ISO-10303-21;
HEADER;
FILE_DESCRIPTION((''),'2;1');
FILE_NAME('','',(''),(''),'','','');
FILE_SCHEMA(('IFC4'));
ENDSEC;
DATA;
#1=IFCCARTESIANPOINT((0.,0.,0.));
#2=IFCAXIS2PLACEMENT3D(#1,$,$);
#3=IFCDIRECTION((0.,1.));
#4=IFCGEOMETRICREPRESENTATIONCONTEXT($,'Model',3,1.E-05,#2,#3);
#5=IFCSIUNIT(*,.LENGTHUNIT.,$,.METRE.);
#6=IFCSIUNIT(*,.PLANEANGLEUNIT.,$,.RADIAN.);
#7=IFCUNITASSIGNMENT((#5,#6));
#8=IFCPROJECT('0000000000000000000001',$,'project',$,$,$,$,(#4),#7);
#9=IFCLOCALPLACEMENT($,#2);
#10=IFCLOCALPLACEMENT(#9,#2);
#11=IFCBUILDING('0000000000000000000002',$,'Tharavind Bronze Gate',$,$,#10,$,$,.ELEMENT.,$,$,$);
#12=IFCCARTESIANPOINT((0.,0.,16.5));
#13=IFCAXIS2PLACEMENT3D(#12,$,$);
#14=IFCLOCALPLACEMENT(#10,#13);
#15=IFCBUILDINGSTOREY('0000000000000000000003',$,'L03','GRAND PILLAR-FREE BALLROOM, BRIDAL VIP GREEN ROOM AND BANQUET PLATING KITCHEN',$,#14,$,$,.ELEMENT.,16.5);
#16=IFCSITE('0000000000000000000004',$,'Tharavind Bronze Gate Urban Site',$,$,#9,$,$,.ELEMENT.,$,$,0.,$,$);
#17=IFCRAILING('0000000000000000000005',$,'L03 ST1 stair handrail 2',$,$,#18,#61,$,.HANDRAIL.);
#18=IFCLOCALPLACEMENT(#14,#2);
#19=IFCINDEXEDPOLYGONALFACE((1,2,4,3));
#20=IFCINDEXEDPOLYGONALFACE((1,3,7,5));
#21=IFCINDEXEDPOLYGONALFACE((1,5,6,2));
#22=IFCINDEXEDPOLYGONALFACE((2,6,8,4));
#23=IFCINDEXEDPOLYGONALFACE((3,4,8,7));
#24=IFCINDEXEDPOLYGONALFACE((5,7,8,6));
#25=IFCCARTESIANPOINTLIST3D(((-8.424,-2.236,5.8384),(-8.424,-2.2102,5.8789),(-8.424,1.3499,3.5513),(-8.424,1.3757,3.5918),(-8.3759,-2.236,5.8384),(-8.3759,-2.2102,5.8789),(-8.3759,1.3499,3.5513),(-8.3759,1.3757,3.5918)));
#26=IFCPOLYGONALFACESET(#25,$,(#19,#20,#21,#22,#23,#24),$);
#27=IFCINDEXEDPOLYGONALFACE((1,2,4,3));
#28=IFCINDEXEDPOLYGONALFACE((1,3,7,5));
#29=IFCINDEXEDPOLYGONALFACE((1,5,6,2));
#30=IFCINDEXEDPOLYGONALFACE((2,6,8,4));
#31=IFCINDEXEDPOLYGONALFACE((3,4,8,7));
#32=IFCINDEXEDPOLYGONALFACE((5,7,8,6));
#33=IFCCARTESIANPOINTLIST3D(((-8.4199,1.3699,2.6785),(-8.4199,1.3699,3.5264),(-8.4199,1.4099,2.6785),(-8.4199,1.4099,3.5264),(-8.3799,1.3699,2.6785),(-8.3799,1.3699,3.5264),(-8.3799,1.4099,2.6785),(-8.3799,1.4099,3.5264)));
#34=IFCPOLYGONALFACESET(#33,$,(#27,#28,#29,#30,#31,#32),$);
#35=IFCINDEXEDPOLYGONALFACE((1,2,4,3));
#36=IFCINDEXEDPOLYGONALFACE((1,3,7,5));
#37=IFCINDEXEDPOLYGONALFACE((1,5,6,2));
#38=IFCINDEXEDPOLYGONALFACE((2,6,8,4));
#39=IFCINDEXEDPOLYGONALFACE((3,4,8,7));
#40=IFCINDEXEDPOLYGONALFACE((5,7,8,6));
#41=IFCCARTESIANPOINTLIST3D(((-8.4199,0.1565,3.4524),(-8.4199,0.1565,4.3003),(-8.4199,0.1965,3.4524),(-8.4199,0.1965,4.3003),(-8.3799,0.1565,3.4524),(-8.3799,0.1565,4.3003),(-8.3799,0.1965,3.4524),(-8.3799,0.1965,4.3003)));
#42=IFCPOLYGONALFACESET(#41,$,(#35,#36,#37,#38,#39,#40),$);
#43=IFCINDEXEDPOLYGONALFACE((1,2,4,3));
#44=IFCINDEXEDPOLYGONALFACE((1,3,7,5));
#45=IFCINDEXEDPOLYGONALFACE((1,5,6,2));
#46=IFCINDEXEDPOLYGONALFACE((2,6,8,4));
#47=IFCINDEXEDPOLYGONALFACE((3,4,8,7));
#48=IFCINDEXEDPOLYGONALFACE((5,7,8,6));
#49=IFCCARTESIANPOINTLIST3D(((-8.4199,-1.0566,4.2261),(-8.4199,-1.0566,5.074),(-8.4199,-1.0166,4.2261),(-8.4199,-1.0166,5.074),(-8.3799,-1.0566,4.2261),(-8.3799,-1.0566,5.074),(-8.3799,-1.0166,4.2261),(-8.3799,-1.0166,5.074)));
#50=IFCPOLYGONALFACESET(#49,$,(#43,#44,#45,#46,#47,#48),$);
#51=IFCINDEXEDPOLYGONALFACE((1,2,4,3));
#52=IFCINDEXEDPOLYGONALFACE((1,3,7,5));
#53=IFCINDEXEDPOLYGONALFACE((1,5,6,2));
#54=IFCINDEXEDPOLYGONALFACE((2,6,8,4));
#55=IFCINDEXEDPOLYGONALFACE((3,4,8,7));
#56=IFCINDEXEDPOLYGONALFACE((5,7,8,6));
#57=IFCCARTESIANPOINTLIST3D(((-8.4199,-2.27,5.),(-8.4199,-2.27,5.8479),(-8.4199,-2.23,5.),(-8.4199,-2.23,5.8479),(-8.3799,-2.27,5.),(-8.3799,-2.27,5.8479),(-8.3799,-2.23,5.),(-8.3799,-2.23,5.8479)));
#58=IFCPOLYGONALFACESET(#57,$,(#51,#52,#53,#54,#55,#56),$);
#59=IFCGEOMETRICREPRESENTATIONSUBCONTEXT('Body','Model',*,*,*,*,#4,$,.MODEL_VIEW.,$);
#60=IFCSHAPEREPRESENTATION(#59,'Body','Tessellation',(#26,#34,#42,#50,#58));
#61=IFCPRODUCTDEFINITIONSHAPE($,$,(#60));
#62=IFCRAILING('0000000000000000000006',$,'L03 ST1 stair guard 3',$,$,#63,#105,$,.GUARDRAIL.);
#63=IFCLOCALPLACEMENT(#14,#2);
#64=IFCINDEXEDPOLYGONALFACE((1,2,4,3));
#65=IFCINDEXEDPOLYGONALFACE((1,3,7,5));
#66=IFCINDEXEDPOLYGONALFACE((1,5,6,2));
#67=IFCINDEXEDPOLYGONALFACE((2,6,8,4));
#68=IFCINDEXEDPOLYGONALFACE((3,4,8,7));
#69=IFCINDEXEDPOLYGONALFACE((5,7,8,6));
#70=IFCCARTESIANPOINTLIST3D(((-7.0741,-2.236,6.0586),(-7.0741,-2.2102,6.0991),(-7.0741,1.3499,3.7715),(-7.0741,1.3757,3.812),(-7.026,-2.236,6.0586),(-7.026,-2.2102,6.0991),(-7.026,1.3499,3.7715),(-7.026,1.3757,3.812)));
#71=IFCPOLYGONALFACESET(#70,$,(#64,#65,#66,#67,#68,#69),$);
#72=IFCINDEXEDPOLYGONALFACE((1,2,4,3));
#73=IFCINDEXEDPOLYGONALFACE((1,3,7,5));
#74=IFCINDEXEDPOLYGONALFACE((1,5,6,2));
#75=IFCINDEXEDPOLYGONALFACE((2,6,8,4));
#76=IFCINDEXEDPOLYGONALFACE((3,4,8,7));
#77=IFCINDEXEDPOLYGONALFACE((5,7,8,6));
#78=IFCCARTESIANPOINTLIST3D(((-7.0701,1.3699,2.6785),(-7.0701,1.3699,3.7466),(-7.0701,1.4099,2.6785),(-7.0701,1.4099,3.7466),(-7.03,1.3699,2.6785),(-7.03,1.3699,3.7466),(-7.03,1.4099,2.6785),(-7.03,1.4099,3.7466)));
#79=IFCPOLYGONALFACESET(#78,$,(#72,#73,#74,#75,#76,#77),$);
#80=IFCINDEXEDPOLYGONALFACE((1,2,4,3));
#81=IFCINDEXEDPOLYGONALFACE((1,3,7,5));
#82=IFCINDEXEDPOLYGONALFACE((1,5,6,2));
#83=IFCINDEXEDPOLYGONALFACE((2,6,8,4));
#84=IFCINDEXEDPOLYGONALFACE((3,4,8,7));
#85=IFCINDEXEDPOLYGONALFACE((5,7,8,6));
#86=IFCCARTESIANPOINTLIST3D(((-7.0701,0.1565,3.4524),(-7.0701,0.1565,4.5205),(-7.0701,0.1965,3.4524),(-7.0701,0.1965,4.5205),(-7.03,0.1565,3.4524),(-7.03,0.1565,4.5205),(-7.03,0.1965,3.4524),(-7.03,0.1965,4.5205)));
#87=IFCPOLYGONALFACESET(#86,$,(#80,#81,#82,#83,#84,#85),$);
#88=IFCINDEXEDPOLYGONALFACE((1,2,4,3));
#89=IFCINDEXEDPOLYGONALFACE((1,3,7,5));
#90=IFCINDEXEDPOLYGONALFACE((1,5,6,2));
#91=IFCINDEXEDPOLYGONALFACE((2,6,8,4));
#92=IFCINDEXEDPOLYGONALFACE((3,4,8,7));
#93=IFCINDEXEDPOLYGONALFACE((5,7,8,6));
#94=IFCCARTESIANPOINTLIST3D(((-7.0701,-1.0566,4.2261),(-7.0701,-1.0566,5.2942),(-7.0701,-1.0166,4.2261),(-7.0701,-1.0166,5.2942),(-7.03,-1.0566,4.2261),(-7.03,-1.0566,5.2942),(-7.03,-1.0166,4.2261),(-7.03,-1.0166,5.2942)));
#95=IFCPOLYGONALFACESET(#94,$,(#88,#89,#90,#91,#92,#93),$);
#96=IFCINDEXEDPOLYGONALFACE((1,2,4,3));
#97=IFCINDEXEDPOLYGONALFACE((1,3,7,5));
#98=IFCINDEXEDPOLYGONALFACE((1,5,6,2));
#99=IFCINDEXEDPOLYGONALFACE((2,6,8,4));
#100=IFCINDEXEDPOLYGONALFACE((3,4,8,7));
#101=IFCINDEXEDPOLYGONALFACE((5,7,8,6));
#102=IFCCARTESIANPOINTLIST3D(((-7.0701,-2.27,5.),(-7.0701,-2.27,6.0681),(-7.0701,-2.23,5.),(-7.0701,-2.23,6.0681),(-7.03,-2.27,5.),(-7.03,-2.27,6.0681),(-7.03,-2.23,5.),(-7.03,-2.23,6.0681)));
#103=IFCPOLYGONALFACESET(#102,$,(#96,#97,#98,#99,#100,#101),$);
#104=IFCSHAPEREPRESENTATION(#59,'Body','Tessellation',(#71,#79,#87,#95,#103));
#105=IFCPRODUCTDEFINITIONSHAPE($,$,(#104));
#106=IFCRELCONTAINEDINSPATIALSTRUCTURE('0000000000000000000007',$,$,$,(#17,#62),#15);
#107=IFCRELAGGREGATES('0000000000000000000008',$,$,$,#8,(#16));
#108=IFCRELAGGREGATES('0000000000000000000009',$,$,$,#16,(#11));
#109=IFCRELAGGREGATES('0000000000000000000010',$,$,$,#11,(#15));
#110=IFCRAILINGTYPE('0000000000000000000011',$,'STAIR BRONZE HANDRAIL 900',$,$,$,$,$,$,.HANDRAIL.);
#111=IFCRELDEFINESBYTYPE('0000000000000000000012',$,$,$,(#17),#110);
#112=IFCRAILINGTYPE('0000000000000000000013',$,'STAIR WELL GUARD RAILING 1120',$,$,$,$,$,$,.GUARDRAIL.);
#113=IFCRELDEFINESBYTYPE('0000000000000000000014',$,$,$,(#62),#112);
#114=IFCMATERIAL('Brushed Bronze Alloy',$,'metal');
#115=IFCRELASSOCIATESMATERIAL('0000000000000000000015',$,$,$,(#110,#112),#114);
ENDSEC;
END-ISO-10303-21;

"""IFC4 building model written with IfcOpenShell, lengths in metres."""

from ifc_helpers import new_model, si_unit, direction, frame, origin, origin_2d, place, context, subcontext, project, spatial, rectangle, extrude, material, type_object, element, save


model = new_model("IFC4")

# Units and contexts
model_context = context("Model", 3, precision=1e-05, world=origin(), true_north=direction((0.0, 1.0)))
body_context = subcontext(model_context, "Body", "Model", "MODEL_VIEW")
ifc_project = project(units=[si_unit("LENGTHUNIT", "METRE"), si_unit("PLANEANGLEUNIT", "RADIAN")], contexts=[model_context])

# Site, building, storey
site_placement = place(None, origin())
site = spatial("IfcSite", under=ifc_project, at=site_placement, Name="Tharavind Bronze Gate Urban Site", CompositionType="ELEMENT", RefElevation=0.0)
building_placement = place(site_placement, origin())
building = spatial("IfcBuilding", under=site, at=building_placement, Name="Tharavind Bronze Gate", CompositionType="ELEMENT")
storey_placement = place(building_placement, frame((0.0, 0.0, 16.5)))
storey = spatial("IfcBuildingStorey", under=building, at=storey_placement, Name="L03", Description="GRAND PILLAR-FREE BALLROOM, BRIDAL VIP GREEN ROOM AND BANQUET PLATING KITCHEN", CompositionType="ELEMENT", Elevation=16.5)

# Railings
ifc_material_1 = material(Name="Brushed Bronze Alloy", Category="metal")
railing_type_1 = type_object("IfcRailingType", Name="STAIR BRONZE HANDRAIL 900", PredefinedType="HANDRAIL", material=ifc_material_1)
railing_1_placement = place(storey_placement, frame((-8.3999, 1.3899, 2.6785)))
element("IfcRailing", 1, at=railing_1_placement, inside=storey, type_object=railing_type_1, Name="L03 ST1 stair handrail 2", PredefinedType="HANDRAIL", context=body_context, shape_type="SweptSolid", body=[
    extrude(rectangle(XDim=0.0481, YDim=0.0481, at=origin_2d()), frame((0.0, -0.0271, 0.8931), z_axis=(0.0, -0.843112, 0.537739), x_axis=(1.0, 0.0, 0.0)), (0.0, 0.0, 1.0), 4.2532),
    extrude(rectangle(XDim=0.04, YDim=0.04, at=origin_2d()), origin(), (0.0, 0.0, 1.0), 0.8479),
    extrude(rectangle(XDim=0.04, YDim=0.04, at=origin_2d()), frame((0.0, -1.2134, 0.7739)), (0.0, 0.0, 1.0), 0.8479),
    extrude(rectangle(XDim=0.04, YDim=0.04, at=origin_2d()), frame((0.0, -2.4265, 1.5476)), (0.0, 0.0, 1.0), 0.8479),
    extrude(rectangle(XDim=0.04, YDim=0.04, at=origin_2d()), frame((0.0, -3.6399, 2.3215)), (0.0, 0.0, 1.0), 0.8479),
])
railing_type_2 = type_object("IfcRailingType", Name="STAIR WELL GUARD RAILING 1120", PredefinedType="GUARDRAIL", material=ifc_material_1)
railing_2_placement = place(storey_placement, frame((-7.05, 1.3899, 2.6785)))
element("IfcRailing", 2, at=railing_2_placement, inside=storey, type_object=railing_type_2, Name="L03 ST1 stair guard 3", PredefinedType="GUARDRAIL", context=body_context, shape_type="SweptSolid", body=[
    extrude(rectangle(XDim=0.0481, YDim=0.0481, at=origin_2d()), frame((0.0, -0.0271, 1.1133), z_axis=(0.0, -0.843112, 0.537739), x_axis=(1.0, 0.0, 0.0)), (0.0, 0.0, 1.0), 4.2532),
    extrude(rectangle(XDim=0.04, YDim=0.04, at=origin_2d()), origin(), (0.0, 0.0, 1.0), 1.0681),
    extrude(rectangle(XDim=0.04, YDim=0.04, at=origin_2d()), frame((0.0, -1.2134, 0.7739)), (0.0, 0.0, 1.0), 1.0681),
    extrude(rectangle(XDim=0.04, YDim=0.04, at=origin_2d()), frame((0.0, -2.4265, 1.5476)), (0.0, 0.0, 1.0), 1.0681),
    extrude(rectangle(XDim=0.04, YDim=0.04, at=origin_2d()), frame((0.0, -3.6399, 2.3215)), (0.0, 0.0, 1.0), 1.0681),
])

save(model, "model.ifc")
